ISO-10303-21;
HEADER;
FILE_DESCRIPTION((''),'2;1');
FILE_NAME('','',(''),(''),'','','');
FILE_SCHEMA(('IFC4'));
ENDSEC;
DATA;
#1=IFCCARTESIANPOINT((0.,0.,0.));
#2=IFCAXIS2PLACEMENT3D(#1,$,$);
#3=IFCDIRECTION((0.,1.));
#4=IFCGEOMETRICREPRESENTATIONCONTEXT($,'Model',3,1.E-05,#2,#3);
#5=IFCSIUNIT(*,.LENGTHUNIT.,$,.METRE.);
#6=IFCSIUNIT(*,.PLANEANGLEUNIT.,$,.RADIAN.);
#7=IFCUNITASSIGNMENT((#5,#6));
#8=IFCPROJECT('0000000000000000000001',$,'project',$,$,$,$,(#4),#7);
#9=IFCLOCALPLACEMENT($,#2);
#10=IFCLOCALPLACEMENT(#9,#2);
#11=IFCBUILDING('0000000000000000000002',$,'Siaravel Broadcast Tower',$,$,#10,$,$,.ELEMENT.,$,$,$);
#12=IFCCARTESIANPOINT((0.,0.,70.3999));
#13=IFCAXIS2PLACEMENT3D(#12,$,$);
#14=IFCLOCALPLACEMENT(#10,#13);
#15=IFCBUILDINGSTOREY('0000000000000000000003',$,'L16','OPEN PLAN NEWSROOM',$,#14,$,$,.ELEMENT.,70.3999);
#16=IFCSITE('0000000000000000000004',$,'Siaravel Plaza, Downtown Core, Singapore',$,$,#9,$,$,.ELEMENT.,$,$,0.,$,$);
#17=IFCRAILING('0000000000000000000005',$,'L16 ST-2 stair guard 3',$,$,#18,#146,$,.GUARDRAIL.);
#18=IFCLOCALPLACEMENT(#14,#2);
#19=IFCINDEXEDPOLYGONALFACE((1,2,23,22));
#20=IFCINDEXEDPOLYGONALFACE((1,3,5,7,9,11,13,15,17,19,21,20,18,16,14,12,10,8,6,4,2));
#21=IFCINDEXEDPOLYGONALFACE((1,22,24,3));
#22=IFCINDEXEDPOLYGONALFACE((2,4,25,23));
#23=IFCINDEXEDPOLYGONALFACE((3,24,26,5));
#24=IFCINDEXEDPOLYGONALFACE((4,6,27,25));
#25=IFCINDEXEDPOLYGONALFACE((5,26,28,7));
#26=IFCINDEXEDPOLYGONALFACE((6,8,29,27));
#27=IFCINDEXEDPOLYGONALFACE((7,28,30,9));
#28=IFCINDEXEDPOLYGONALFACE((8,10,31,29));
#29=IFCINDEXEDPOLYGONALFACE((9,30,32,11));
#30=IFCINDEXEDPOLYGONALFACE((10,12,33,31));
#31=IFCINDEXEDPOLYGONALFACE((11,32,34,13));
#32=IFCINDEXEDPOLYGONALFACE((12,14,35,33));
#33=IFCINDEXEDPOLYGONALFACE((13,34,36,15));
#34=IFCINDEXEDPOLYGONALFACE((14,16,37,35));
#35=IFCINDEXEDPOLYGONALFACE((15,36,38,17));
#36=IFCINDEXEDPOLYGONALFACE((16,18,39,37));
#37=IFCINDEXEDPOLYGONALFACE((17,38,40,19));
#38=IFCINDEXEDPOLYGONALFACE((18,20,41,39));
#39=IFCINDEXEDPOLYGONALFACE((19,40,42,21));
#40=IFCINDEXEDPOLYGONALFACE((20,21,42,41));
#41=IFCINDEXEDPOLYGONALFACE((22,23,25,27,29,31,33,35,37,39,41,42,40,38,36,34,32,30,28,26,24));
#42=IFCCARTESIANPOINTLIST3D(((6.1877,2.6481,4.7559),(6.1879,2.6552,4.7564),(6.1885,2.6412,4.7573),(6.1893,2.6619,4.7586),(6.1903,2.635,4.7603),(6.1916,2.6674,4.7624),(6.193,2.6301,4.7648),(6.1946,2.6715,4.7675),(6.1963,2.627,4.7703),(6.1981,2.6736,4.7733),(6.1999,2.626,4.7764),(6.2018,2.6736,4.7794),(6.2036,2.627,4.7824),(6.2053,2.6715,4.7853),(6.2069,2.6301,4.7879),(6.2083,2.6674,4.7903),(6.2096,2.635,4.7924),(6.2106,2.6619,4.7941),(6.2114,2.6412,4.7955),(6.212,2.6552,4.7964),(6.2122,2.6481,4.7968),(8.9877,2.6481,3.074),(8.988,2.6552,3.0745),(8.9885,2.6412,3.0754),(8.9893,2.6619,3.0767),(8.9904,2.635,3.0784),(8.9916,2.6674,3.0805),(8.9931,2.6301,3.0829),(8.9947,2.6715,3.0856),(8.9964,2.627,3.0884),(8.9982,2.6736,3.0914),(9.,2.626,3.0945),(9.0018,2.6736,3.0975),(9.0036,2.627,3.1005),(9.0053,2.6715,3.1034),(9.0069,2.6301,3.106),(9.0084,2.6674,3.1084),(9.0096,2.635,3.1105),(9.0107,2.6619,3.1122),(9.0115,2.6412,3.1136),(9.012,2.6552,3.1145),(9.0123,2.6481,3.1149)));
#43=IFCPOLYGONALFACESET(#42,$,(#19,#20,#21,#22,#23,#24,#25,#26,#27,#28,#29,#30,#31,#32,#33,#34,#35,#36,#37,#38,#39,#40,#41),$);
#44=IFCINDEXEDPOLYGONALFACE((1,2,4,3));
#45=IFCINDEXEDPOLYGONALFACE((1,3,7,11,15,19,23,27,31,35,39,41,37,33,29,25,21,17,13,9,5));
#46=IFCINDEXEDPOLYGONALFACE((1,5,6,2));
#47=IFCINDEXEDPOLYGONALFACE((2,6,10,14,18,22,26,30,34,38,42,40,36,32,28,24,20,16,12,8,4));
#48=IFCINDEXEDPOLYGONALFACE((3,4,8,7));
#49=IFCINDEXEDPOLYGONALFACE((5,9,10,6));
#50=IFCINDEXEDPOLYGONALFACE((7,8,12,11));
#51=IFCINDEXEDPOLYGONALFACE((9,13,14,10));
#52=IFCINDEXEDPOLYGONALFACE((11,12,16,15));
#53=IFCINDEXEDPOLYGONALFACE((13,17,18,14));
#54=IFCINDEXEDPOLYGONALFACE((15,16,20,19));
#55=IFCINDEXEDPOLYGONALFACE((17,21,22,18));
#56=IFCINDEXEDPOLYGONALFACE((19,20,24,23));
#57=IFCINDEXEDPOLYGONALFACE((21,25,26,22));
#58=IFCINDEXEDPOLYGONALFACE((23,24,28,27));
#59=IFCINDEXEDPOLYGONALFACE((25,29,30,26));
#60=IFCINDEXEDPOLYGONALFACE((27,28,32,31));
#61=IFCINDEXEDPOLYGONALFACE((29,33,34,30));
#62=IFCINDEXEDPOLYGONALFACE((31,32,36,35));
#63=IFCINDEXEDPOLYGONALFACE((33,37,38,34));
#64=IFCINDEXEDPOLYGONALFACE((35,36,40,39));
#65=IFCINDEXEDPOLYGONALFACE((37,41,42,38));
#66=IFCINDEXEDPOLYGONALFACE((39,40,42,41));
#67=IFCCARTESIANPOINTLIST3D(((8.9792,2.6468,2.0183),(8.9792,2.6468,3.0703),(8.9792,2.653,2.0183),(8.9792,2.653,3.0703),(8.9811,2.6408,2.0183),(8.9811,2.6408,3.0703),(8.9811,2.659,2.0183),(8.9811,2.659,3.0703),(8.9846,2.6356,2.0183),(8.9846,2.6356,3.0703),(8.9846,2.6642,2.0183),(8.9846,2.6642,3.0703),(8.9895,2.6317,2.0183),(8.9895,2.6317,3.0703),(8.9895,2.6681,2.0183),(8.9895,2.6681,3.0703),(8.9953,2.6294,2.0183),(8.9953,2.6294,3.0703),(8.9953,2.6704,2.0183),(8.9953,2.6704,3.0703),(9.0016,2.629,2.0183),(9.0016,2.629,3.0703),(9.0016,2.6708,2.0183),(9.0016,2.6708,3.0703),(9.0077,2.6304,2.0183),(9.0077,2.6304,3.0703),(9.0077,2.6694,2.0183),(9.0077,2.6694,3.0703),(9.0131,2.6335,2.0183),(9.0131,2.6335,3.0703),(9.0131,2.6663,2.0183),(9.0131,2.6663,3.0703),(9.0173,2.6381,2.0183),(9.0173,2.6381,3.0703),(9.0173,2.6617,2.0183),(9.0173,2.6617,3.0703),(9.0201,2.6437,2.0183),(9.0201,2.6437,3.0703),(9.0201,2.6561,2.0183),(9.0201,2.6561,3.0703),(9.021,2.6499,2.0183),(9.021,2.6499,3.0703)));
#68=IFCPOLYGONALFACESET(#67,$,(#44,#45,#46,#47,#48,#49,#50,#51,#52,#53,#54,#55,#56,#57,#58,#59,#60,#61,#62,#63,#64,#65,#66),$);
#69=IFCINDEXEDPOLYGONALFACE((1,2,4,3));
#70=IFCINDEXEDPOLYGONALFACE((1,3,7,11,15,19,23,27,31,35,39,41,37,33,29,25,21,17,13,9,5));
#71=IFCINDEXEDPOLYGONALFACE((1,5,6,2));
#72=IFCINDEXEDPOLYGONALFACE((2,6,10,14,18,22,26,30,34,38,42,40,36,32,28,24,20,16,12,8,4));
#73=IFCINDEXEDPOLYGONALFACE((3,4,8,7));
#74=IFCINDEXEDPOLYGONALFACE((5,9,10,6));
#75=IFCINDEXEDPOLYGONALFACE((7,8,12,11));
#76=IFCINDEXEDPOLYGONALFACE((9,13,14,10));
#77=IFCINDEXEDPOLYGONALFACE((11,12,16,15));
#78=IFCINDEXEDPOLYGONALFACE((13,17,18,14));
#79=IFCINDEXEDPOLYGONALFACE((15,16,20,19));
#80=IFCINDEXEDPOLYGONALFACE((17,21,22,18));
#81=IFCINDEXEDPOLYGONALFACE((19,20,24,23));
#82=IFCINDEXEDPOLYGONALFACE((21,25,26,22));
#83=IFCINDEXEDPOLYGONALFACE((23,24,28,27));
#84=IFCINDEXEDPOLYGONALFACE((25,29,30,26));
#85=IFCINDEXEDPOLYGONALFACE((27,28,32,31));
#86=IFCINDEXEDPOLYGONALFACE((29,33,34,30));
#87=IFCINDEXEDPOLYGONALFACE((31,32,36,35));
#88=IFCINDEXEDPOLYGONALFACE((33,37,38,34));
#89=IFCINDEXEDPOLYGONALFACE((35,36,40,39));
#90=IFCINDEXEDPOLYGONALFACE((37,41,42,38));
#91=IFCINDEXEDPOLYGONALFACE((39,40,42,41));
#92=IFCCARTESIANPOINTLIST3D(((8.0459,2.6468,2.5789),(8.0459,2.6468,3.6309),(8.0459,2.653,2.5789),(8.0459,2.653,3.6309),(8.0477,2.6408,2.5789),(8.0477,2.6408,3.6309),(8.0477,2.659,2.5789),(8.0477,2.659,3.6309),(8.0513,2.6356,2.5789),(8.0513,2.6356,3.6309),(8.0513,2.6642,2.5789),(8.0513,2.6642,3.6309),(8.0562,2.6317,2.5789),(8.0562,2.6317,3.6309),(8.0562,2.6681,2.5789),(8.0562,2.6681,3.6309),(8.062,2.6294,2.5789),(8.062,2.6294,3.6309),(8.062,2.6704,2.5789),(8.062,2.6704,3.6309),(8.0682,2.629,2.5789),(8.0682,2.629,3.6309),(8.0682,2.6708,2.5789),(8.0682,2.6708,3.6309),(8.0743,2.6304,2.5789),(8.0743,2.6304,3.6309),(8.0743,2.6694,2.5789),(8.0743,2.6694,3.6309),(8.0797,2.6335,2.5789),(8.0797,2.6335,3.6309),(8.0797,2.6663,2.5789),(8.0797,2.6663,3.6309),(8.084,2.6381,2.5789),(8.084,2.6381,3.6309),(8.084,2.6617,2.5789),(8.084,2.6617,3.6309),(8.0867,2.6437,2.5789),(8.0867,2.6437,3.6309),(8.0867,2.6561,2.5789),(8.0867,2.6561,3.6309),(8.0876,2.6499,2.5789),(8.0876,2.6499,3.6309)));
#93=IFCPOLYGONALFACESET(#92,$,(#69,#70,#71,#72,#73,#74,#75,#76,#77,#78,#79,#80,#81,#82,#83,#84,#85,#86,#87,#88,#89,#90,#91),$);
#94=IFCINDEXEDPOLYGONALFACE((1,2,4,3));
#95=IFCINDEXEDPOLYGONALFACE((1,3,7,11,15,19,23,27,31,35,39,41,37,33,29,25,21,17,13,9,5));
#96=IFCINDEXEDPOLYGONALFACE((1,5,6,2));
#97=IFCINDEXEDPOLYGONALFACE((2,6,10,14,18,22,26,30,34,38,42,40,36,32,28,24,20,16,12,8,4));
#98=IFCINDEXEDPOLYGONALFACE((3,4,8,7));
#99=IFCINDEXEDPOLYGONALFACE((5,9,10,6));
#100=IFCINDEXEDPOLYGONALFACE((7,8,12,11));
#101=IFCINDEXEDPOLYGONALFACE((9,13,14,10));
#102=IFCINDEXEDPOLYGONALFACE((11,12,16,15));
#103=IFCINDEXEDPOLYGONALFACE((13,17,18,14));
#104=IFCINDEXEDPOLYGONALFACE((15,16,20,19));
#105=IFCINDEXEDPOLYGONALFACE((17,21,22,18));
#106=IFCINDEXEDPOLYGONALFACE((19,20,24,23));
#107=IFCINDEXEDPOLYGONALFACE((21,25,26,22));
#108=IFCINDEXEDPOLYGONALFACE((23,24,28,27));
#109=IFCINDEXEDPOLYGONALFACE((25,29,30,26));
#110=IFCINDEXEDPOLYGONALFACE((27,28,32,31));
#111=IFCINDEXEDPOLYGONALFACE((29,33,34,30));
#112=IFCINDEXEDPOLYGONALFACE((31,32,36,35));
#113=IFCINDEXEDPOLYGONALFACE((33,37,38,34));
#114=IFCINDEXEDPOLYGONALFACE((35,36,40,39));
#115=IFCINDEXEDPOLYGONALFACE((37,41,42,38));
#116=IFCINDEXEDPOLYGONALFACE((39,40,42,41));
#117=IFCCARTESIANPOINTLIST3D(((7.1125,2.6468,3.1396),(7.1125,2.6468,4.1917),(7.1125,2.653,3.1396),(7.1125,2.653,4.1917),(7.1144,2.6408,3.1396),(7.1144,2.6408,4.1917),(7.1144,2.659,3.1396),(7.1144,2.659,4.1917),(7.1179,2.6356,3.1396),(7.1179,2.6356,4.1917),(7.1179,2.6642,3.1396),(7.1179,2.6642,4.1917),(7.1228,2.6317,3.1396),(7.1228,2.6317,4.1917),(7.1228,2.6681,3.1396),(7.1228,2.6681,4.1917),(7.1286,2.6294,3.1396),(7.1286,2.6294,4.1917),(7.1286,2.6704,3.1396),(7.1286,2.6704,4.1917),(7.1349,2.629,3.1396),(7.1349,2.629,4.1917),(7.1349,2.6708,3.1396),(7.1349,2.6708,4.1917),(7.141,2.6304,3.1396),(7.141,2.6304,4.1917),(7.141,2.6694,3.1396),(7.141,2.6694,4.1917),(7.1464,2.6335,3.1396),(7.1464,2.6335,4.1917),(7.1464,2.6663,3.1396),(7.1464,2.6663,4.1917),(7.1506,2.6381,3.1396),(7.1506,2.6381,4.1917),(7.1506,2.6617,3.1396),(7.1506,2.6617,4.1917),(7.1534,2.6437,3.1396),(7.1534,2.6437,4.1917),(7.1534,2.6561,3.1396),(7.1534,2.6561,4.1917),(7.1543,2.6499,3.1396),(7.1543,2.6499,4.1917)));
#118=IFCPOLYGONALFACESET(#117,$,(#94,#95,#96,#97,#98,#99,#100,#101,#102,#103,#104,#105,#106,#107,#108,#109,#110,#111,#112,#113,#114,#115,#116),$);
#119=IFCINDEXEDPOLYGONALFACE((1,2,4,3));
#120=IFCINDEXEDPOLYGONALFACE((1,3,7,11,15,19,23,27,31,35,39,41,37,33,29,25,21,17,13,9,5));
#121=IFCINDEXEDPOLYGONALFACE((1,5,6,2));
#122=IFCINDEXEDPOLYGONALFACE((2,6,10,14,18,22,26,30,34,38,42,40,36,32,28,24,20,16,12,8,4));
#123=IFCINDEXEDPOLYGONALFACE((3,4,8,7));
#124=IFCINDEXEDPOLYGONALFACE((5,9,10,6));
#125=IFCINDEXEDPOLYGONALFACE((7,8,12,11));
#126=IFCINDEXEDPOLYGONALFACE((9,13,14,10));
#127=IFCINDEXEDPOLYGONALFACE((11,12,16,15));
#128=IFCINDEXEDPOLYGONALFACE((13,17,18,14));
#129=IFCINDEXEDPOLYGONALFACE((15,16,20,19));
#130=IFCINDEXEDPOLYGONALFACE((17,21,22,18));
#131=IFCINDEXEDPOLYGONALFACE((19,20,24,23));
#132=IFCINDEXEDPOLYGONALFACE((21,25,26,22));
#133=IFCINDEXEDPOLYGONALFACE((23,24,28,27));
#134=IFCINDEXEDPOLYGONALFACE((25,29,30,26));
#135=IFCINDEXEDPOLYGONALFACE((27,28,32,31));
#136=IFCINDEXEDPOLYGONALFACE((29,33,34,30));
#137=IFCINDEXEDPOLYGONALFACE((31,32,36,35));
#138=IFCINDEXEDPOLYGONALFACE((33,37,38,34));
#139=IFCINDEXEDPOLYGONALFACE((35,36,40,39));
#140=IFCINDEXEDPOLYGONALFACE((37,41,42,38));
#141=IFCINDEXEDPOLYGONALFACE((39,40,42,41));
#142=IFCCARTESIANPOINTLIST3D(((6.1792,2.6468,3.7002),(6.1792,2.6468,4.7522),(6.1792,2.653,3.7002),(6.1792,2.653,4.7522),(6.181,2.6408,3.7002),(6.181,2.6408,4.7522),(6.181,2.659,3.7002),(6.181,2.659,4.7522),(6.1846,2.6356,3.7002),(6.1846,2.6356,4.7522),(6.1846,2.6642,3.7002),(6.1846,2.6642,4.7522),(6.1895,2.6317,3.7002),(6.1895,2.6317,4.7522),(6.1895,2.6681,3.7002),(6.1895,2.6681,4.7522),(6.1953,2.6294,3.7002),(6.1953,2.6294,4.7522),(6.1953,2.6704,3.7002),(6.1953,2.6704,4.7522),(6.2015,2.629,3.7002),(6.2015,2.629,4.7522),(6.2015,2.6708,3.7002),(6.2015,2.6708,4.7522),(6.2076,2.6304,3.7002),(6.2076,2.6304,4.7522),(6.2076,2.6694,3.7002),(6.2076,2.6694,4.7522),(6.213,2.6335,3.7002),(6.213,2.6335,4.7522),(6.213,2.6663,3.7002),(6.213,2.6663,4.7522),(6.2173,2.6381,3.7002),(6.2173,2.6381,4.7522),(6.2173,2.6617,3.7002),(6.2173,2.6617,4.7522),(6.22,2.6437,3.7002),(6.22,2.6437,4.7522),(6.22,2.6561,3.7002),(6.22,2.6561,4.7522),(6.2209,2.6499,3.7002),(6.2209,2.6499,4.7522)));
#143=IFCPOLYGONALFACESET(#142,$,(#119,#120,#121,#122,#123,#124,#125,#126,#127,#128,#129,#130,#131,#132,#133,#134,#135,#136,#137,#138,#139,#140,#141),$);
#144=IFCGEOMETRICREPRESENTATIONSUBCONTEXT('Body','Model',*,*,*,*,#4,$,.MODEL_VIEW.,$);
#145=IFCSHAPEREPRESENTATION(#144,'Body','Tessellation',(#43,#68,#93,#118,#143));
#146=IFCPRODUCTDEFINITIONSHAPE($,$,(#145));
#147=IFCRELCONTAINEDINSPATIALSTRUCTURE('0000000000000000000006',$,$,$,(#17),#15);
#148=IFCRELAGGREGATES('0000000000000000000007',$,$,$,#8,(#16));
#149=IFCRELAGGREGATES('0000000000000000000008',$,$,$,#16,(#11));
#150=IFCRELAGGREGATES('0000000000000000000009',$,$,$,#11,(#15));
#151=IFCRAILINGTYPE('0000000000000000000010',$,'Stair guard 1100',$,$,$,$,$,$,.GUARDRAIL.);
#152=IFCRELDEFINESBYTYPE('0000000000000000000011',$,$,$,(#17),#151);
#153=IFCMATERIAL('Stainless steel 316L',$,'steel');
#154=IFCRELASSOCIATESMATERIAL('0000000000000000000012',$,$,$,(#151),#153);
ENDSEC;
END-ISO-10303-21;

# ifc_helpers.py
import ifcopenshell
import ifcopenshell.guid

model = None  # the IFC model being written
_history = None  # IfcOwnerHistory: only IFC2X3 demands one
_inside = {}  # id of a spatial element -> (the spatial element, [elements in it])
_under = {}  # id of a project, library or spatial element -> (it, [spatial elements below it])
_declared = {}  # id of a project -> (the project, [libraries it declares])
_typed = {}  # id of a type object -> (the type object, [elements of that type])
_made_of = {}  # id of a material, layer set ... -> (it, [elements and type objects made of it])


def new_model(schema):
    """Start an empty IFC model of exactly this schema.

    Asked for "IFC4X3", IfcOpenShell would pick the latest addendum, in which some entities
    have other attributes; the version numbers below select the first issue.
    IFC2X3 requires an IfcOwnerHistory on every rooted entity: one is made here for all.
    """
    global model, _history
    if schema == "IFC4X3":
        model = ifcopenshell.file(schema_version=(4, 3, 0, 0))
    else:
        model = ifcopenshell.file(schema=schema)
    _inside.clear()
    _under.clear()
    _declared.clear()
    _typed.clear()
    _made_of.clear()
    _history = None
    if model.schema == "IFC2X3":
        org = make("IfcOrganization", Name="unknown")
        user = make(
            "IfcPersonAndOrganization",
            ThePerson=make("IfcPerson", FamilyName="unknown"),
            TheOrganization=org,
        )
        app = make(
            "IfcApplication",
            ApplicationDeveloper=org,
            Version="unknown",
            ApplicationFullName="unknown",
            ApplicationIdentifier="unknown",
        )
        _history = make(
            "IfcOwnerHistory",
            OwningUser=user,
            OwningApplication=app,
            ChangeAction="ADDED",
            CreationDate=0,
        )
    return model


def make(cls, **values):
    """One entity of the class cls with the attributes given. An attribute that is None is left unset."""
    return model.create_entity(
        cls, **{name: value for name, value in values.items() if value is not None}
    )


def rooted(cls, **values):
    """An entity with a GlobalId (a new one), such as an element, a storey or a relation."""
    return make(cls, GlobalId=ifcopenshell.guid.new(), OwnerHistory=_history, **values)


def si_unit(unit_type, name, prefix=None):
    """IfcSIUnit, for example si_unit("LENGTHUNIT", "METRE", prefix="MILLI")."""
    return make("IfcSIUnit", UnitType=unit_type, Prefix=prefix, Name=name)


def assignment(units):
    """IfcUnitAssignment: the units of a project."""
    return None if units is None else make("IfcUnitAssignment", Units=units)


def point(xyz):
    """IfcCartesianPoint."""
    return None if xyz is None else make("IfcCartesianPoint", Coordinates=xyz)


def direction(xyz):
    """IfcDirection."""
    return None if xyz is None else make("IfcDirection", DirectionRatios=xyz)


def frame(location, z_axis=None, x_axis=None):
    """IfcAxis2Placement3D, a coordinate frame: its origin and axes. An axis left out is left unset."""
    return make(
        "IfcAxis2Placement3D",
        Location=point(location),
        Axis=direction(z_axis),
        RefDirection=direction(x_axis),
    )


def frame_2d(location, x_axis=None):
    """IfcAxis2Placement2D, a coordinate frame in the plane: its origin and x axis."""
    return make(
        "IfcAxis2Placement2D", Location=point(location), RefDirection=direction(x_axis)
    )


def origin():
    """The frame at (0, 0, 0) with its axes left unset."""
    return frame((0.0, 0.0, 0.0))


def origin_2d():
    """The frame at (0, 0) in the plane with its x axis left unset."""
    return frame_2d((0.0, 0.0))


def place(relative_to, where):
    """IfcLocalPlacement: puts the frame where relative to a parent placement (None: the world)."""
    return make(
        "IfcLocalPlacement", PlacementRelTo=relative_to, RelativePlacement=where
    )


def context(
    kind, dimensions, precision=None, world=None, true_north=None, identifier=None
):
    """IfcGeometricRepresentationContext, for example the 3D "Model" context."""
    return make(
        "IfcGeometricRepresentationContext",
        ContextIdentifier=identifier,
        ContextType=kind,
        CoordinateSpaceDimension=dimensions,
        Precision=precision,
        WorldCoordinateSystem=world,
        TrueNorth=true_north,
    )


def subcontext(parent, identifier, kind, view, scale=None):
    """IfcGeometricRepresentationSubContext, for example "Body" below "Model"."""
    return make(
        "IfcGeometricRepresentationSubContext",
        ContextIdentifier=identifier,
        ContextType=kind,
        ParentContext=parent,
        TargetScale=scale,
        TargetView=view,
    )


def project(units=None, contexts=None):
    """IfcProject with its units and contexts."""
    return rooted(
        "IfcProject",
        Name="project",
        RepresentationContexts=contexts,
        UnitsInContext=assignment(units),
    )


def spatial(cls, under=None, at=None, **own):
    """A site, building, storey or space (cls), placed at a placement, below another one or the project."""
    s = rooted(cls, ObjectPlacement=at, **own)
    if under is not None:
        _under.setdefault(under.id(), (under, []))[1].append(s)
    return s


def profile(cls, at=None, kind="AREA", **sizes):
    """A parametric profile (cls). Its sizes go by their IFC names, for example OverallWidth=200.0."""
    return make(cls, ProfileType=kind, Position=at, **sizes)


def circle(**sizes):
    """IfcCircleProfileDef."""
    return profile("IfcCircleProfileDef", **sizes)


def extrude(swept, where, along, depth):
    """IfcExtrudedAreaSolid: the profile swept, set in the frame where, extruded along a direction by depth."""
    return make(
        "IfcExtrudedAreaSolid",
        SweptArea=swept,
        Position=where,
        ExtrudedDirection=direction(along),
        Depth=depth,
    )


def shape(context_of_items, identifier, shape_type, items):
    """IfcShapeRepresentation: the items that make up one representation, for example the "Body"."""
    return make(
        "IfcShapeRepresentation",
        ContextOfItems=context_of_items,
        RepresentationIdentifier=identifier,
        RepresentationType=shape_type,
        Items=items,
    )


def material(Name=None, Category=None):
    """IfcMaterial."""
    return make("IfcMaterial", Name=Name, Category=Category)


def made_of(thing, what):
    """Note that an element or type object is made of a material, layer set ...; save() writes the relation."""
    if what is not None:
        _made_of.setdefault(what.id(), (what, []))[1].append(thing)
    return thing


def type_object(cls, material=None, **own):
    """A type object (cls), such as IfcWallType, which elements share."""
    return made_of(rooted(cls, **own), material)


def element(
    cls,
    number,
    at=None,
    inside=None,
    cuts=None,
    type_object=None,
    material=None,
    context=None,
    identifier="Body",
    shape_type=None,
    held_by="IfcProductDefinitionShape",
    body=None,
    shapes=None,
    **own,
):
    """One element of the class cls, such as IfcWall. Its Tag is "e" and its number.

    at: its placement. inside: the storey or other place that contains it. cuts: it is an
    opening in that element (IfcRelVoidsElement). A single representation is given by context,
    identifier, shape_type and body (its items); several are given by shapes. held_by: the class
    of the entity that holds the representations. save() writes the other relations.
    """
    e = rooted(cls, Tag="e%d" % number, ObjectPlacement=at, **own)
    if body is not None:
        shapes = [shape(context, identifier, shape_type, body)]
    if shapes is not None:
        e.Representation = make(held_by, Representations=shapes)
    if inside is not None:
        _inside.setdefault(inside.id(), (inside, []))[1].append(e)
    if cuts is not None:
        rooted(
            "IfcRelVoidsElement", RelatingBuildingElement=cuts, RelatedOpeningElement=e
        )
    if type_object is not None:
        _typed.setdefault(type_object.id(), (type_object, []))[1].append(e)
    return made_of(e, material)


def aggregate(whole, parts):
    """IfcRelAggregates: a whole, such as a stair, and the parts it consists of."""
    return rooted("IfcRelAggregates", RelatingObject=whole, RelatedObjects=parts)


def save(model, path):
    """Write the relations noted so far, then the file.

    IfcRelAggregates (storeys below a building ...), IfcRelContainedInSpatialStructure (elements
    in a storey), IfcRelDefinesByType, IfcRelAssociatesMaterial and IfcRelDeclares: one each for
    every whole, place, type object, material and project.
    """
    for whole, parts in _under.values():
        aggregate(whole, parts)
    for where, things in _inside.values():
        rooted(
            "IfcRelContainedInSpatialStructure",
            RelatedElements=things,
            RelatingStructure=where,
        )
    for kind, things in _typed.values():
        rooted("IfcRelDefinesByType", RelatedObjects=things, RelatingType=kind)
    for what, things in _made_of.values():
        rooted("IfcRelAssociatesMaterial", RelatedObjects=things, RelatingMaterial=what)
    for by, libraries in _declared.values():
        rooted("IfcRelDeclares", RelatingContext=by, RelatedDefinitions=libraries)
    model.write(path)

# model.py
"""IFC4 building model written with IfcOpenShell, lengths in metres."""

from ifc_helpers import new_model, si_unit, direction, frame, origin, origin_2d, place, context, subcontext, project, spatial, circle, extrude, material, type_object, element, save


model = new_model("IFC4")

# Units and contexts
model_context = context("Model", 3, precision=1e-05, world=origin(), true_north=direction((0.0, 1.0)))
body_context = subcontext(model_context, "Body", "Model", "MODEL_VIEW")
ifc_project = project(units=[si_unit("LENGTHUNIT", "METRE"), si_unit("PLANEANGLEUNIT", "RADIAN")], contexts=[model_context])

# Site, building, storey
site_placement = place(None, origin())
site = spatial("IfcSite", under=ifc_project, at=site_placement, Name="Siaravel Plaza, Downtown Core, Singapore", CompositionType="ELEMENT", RefElevation=0.0)
building_placement = place(site_placement, origin())
building = spatial("IfcBuilding", under=site, at=building_placement, Name="Siaravel Broadcast Tower", CompositionType="ELEMENT")
storey_placement = place(building_placement, frame((0.0, 0.0, 70.3999)))
storey = spatial("IfcBuildingStorey", under=building, at=storey_placement, Name="L16", Description="OPEN PLAN NEWSROOM", CompositionType="ELEMENT", Elevation=70.3999)

# Railing
ifc_material_1 = material(Name="Stainless steel 316L", Category="steel")
railing_type_1 = type_object("IfcRailingType", Name="Stair guard 1100", PredefinedType="GUARDRAIL", material=ifc_material_1)
railing_1_placement = place(storey_placement, frame((9.0, 2.6499, 2.0183)))
element("IfcRailing", 1, at=railing_1_placement, inside=storey, type_object=railing_type_1, Name="L16 ST-2 stair guard 3", PredefinedType="GUARDRAIL", context=body_context, shape_type="SweptSolid", body=[
    extrude(circle(Radius=0.0239, at=origin_2d()), frame((0.0, 0.0, 1.0762), z_axis=(-0.857242, 0.0, 0.514913), x_axis=(0.0, -1.0, 0.0)), (0.0, 0.0, 1.0), 3.2664),
    extrude(circle(Radius=0.021, at=origin_2d()), origin(), (0.0, 0.0, 1.0), 1.052),
    extrude(circle(Radius=0.021, at=origin_2d()), frame((-0.9333, 0.0, 0.5605)), (0.0, 0.0, 1.0), 1.052),
    extrude(circle(Radius=0.021, at=origin_2d()), frame((-1.8667, 0.0, 1.1213)), (0.0, 0.0, 1.0), 1.052),
    extrude(circle(Radius=0.021, at=origin_2d()), frame((-2.8, 0.0, 1.6819)), (0.0, 0.0, 1.0), 1.052),
])

save(model, "model.ifc")
